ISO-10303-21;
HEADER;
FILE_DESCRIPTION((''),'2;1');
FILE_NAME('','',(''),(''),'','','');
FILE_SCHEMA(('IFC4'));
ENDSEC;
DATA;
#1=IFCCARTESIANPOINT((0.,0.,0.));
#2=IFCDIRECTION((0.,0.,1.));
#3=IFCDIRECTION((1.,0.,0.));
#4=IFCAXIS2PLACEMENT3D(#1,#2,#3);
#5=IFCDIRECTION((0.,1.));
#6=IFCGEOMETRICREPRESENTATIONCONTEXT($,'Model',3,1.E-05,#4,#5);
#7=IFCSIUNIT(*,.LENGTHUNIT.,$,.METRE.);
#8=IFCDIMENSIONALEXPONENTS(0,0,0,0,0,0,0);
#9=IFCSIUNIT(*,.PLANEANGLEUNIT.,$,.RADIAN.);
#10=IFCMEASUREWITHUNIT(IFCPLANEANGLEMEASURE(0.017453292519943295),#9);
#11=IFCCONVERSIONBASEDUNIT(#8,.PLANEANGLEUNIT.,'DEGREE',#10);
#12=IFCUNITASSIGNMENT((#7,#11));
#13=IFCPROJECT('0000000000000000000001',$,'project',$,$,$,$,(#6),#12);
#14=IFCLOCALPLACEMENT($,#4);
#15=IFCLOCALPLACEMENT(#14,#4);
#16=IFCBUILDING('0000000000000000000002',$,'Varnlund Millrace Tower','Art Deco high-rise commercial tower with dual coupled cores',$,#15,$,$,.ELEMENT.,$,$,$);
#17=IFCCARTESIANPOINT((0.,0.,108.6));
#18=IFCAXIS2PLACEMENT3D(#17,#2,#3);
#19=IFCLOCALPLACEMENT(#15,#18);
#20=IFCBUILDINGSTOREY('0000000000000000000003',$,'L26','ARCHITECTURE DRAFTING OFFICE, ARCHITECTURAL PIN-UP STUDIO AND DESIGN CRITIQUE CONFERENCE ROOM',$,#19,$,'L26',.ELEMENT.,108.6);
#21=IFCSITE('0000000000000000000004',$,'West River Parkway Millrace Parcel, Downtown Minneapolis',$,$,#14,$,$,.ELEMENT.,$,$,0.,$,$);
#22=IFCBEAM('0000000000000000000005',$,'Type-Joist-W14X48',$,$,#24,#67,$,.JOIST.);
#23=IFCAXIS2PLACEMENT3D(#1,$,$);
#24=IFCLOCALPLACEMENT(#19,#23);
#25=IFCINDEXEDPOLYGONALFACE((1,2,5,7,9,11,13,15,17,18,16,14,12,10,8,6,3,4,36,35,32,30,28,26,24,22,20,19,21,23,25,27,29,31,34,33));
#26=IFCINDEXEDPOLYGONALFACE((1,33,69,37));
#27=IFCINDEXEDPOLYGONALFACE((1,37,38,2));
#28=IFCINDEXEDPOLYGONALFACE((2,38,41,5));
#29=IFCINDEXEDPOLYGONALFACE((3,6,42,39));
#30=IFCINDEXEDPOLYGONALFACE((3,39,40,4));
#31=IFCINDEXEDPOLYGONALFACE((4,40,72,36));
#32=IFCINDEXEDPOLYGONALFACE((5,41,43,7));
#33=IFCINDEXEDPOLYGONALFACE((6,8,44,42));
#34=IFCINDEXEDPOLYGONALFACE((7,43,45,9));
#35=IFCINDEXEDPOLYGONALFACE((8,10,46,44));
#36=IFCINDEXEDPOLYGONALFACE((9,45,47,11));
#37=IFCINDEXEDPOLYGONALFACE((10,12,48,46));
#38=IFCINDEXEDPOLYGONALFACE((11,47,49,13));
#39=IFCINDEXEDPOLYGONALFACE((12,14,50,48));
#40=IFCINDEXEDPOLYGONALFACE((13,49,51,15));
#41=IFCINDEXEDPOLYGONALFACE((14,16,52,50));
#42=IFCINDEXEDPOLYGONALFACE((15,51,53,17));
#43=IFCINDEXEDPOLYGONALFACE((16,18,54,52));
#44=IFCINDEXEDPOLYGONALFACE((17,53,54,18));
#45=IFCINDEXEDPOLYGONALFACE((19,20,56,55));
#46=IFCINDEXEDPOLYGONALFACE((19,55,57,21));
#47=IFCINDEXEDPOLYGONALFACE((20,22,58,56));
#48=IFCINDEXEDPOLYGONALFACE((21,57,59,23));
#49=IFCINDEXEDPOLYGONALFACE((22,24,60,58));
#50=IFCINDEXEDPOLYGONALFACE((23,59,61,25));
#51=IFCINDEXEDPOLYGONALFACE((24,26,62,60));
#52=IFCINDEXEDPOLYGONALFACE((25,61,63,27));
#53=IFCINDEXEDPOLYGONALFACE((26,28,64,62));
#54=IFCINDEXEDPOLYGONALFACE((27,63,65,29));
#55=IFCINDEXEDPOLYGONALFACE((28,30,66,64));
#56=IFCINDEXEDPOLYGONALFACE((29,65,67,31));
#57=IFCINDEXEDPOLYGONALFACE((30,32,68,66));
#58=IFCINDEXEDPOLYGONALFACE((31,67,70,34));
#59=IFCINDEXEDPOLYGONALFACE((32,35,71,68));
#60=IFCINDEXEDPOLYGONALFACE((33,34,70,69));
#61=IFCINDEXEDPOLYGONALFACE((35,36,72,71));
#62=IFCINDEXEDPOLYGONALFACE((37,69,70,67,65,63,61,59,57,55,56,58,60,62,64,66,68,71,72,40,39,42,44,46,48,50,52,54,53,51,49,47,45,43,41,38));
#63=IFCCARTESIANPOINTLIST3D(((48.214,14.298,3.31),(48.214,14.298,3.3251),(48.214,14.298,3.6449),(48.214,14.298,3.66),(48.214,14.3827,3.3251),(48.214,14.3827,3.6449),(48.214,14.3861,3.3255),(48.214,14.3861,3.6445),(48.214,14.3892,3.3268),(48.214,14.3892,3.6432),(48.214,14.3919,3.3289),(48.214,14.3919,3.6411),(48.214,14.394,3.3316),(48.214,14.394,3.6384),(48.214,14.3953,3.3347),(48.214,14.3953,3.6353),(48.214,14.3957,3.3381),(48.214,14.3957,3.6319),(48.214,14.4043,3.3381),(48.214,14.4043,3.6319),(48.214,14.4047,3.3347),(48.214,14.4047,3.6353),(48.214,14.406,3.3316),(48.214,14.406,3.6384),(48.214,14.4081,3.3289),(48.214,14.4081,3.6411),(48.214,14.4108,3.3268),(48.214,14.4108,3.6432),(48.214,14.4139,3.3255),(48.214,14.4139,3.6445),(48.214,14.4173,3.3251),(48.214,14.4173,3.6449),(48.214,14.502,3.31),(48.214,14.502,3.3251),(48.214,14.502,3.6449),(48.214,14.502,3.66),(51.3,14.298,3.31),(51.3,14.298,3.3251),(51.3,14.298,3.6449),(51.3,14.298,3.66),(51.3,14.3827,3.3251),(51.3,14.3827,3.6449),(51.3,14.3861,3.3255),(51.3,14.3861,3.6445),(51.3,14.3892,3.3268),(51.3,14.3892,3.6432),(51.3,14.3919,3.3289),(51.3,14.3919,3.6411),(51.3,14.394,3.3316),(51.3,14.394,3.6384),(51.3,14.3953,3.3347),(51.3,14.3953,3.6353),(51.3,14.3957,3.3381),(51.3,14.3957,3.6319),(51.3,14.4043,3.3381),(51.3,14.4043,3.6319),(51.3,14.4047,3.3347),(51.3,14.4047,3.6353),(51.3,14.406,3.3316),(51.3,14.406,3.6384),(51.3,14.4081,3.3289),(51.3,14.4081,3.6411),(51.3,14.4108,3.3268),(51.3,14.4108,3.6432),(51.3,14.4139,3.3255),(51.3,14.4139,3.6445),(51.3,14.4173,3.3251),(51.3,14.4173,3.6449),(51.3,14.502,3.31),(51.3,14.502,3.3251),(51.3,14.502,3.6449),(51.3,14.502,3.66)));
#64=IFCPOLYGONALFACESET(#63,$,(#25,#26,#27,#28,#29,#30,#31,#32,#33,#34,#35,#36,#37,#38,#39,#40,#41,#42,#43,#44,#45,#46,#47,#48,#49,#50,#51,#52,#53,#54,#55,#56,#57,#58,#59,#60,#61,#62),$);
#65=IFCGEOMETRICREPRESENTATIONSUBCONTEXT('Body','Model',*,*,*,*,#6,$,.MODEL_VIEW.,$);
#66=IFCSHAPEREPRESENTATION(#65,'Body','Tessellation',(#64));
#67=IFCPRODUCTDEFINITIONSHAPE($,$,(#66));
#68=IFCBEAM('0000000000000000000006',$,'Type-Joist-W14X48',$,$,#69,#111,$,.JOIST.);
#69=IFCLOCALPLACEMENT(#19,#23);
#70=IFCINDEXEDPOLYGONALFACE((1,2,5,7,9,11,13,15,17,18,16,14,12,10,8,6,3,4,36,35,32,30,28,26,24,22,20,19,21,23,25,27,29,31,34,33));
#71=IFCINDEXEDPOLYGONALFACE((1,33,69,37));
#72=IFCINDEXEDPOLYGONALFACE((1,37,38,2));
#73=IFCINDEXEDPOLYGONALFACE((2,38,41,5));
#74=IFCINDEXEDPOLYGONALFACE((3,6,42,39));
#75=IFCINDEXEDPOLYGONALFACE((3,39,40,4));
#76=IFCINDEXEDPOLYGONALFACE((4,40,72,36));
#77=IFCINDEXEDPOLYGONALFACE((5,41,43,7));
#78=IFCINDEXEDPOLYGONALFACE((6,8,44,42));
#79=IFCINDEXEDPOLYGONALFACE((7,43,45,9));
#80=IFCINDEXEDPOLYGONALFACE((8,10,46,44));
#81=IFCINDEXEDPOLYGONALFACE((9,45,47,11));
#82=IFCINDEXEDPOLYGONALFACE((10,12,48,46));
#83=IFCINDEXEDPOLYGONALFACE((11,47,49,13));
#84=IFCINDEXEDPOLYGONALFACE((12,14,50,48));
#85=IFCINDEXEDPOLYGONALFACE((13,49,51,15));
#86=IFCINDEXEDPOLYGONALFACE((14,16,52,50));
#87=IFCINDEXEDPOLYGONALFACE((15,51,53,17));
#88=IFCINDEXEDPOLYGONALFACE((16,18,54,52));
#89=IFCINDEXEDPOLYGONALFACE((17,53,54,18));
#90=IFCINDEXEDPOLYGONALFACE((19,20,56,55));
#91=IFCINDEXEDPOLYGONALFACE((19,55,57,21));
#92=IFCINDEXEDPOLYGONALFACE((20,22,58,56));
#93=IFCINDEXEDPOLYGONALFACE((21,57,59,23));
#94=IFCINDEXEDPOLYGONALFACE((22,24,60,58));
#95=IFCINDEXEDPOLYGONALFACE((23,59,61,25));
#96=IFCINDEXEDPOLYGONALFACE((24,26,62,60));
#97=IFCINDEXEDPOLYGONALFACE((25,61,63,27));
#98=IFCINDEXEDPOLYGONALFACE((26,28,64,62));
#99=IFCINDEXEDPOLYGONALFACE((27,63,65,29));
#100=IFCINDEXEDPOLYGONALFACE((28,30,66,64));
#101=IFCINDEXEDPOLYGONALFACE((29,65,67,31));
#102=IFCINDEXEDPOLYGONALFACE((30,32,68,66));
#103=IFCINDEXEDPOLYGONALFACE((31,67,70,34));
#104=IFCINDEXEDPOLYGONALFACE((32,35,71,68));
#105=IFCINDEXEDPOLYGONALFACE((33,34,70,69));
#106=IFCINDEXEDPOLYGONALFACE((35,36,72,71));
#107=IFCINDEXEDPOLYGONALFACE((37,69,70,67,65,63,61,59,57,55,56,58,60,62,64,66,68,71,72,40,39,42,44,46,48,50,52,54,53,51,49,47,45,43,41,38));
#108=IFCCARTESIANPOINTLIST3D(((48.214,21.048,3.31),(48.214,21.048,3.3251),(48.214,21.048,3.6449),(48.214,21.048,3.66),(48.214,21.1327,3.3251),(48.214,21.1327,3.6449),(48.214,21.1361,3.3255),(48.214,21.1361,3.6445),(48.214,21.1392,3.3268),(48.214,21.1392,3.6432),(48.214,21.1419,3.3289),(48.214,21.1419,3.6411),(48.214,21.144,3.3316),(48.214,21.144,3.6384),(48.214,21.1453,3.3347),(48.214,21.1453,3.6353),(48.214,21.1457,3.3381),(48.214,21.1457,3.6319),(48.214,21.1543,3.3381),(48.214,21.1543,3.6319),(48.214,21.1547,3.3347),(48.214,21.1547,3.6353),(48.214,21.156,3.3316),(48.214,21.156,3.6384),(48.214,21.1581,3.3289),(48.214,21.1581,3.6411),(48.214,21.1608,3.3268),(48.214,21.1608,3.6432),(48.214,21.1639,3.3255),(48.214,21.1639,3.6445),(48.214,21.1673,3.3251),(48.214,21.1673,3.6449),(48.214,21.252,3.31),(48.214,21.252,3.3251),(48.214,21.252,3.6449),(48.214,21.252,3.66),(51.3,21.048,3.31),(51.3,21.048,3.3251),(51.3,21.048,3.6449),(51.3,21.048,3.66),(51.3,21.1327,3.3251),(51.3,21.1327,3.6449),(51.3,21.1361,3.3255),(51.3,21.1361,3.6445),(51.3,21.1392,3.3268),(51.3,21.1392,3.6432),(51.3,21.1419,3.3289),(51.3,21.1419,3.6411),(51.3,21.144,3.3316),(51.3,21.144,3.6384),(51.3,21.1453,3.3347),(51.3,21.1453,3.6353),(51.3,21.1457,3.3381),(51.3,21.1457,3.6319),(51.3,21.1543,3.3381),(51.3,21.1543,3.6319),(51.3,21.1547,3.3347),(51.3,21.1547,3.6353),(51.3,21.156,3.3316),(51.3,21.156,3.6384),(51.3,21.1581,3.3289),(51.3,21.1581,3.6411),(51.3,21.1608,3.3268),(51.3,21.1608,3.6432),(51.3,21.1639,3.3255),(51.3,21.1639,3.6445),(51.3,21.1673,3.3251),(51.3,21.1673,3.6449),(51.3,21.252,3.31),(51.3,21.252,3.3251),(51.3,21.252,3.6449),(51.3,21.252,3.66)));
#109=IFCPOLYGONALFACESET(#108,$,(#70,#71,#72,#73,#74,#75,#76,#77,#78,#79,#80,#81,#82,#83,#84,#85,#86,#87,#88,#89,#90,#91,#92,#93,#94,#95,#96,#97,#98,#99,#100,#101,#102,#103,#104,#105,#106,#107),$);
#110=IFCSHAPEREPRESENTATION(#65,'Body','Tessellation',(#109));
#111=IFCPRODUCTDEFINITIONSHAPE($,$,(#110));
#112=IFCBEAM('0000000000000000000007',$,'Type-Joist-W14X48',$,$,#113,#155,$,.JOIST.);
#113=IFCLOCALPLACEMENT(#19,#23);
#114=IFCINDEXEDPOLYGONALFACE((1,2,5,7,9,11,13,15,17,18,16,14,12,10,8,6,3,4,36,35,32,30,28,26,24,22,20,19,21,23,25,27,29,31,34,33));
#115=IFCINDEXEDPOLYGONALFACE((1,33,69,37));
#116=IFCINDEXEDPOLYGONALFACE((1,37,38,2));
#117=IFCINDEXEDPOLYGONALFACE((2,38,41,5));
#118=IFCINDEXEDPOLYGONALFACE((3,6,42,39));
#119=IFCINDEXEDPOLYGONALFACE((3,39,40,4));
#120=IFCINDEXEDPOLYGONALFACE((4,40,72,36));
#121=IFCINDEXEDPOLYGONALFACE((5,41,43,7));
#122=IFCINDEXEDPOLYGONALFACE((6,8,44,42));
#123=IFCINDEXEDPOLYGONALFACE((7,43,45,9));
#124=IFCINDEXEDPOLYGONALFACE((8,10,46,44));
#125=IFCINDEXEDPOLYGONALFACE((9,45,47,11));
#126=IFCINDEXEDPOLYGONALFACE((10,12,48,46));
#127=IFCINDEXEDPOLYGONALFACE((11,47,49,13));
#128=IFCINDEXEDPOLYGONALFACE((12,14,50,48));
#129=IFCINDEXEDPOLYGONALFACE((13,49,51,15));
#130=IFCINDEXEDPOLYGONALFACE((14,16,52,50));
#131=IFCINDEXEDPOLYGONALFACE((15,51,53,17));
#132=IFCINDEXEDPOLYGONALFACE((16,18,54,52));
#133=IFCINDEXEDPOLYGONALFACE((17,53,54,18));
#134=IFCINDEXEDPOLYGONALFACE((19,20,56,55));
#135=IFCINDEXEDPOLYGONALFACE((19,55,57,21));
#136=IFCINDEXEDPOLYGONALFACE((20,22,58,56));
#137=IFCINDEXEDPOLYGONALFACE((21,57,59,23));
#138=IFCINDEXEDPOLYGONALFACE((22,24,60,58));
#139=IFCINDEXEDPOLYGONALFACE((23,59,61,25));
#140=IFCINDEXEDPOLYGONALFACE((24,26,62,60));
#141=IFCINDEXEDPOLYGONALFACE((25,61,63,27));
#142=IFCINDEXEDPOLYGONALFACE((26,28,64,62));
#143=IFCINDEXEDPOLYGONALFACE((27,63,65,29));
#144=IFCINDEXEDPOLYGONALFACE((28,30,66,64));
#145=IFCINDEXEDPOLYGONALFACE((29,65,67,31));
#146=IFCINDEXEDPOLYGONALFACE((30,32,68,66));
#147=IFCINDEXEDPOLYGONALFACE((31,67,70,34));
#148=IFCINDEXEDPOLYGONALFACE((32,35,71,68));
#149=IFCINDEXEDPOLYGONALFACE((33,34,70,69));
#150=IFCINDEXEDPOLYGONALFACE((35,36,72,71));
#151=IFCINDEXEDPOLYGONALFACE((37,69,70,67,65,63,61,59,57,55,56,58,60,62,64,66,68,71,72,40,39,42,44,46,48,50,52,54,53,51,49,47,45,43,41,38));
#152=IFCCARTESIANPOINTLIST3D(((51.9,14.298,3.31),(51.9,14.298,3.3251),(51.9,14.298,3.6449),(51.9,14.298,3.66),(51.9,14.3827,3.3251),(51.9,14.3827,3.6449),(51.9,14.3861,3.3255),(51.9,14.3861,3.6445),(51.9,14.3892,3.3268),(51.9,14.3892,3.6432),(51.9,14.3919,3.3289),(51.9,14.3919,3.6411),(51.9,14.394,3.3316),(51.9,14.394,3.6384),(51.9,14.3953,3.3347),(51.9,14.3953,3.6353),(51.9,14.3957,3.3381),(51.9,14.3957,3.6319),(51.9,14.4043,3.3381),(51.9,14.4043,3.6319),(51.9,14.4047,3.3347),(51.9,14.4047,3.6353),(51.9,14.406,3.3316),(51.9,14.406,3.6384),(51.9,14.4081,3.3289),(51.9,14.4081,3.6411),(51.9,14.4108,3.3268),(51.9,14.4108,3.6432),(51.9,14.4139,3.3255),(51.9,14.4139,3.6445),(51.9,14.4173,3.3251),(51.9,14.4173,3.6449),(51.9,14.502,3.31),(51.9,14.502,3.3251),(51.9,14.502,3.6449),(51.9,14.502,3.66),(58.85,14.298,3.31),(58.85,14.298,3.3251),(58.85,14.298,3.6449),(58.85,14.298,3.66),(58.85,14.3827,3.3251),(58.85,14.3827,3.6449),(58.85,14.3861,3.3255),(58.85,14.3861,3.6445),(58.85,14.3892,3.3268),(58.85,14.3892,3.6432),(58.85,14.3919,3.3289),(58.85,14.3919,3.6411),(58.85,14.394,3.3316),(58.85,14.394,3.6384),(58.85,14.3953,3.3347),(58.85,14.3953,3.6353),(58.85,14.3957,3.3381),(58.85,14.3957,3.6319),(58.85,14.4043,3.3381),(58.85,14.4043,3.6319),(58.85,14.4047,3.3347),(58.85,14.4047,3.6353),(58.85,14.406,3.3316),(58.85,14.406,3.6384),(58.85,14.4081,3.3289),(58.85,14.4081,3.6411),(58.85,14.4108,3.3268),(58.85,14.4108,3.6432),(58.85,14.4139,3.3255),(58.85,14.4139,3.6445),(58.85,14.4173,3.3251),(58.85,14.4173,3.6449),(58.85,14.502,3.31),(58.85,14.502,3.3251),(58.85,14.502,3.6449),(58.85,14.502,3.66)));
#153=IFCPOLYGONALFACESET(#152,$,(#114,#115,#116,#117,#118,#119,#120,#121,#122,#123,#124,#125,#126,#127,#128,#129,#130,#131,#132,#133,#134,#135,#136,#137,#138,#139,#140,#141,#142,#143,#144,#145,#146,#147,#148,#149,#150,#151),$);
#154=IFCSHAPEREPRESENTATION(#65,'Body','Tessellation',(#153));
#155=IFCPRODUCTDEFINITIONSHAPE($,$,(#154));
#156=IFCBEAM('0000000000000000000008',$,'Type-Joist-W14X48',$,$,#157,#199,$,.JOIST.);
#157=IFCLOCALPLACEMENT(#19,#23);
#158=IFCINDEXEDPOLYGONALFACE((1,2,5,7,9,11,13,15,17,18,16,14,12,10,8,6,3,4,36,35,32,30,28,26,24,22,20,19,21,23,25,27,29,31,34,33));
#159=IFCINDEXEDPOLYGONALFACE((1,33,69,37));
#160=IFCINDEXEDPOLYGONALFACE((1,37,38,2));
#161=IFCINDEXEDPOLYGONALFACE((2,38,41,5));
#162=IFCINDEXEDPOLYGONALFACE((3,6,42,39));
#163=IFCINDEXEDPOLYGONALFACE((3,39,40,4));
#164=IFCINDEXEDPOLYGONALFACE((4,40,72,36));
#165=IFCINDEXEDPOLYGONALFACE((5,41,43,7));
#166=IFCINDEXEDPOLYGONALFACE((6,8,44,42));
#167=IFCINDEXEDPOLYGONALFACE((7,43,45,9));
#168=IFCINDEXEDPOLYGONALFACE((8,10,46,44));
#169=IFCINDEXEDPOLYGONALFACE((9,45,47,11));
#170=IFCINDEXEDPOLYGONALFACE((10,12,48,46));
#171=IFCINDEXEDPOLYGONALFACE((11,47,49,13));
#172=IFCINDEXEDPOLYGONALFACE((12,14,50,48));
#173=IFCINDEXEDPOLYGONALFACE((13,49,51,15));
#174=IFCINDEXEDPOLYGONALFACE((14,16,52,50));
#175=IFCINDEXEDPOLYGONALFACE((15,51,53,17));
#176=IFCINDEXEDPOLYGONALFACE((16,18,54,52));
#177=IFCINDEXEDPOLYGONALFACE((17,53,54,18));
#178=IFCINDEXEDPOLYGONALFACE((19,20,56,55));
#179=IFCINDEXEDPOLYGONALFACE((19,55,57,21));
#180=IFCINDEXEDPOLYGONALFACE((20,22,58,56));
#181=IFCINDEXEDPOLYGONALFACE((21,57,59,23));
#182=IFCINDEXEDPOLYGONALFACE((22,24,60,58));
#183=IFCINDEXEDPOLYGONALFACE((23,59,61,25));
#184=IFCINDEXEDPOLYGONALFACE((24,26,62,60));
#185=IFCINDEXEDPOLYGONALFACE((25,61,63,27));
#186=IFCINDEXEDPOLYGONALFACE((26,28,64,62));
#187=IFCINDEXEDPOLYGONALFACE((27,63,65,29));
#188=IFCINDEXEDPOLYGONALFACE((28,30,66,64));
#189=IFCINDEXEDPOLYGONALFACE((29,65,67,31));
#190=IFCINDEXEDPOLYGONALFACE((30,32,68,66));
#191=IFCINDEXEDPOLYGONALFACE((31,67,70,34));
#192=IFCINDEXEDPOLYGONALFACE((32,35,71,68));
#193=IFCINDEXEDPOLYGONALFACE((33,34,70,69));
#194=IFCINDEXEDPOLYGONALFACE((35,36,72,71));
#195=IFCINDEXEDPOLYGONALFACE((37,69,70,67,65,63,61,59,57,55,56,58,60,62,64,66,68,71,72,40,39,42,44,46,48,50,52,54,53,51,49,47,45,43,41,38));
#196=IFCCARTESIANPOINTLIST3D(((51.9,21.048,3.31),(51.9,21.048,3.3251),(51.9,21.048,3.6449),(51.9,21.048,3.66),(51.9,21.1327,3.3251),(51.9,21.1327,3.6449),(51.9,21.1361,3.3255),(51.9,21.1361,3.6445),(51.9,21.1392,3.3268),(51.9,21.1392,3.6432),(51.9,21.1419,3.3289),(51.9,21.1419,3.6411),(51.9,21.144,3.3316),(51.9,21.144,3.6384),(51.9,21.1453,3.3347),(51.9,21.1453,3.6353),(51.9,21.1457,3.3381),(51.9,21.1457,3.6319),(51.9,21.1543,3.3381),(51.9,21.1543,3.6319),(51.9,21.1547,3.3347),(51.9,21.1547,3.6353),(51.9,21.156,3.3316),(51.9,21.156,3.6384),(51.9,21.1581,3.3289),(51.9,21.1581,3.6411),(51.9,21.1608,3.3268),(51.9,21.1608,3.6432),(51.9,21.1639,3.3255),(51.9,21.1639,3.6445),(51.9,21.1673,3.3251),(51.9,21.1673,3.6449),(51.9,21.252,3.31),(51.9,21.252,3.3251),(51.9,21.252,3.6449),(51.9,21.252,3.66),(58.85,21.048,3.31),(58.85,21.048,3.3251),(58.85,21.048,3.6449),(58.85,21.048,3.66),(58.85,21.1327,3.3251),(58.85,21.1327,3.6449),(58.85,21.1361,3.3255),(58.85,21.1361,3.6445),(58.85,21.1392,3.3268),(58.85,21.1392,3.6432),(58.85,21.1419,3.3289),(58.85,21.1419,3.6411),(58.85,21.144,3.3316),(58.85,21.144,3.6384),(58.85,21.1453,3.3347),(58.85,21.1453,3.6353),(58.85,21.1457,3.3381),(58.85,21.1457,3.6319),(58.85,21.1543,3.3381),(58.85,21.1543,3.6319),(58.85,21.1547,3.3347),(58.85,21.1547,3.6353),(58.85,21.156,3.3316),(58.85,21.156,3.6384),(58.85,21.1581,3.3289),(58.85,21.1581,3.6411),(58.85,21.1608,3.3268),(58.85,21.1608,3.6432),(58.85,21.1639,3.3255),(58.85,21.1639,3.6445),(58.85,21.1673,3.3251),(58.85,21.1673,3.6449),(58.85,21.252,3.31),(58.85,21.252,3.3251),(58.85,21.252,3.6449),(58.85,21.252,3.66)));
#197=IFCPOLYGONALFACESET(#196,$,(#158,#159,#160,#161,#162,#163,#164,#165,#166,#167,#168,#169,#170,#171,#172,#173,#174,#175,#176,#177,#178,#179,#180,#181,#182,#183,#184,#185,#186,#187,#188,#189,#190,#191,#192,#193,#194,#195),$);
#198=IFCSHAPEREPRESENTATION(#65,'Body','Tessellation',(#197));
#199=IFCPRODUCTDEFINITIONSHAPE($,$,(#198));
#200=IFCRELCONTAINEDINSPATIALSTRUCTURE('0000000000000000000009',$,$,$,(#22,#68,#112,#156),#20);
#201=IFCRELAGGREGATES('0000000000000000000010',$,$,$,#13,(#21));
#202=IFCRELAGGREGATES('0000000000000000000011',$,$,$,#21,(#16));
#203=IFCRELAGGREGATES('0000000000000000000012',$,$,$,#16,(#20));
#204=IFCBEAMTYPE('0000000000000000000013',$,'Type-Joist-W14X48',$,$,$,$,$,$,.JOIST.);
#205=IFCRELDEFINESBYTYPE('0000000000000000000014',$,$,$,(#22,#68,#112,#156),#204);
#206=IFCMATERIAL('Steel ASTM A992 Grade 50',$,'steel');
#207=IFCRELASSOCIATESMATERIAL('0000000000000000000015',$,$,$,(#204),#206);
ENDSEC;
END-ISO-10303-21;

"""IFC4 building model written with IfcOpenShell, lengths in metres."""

from ifc_helpers import new_model, entity, si_unit, converted_unit, direction, frame, origin_with_axes, origin_2d_with_axis, place, context, subcontext, project, spatial, i_section, extrude, material, material_profile, profile_set, type_object, element, save


model = new_model("IFC4")

# Units and contexts
model_context = context("Model", 3, precision=1e-05, world=origin_with_axes(), true_north=direction((0.0, 1.0)))
body_context = subcontext(model_context, "Body", "Model", "MODEL_VIEW")
ifc_project = project(units=[si_unit("LENGTHUNIT", "METRE"), converted_unit("PLANEANGLEUNIT", "DEGREE", entity("IfcPlaneAngleMeasure", 0.017453292519943295), si_unit("PLANEANGLEUNIT", "RADIAN"), dimensions=[0, 0, 0, 0, 0, 0, 0])], contexts=[model_context])

# Site, building, storey
site_placement = place(None, origin_with_axes())
site = spatial("IfcSite", under=ifc_project, at=site_placement, Name="West River Parkway Millrace Parcel, Downtown Minneapolis", CompositionType="ELEMENT", RefElevation=0.0)
building_placement = place(site_placement, origin_with_axes())
building = spatial("IfcBuilding", under=site, at=building_placement, Name="Varnlund Millrace Tower", Description="Art Deco high-rise commercial tower with dual coupled cores", CompositionType="ELEMENT")
storey_placement = place(building_placement, frame((0.0, 0.0, 108.6), z_axis=(0.0, 0.0, 1.0), x_axis=(1.0, 0.0, 0.0)))
storey = spatial("IfcBuildingStorey", under=building, at=storey_placement, Name="L26", Description="ARCHITECTURE DRAFTING OFFICE, ARCHITECTURAL PIN-UP STUDIO AND DESIGN CRITIQUE CONFERENCE ROOM", LongName="L26", CompositionType="ELEMENT", Elevation=108.6)

# Beams
ifc_material_1 = material(Name="Steel ASTM A992 Grade 50", Category="steel")
ifc_material_profile_1 = material_profile(ifc_material_1, i_section(OverallWidth=0.204, OverallDepth=0.35, WebThickness=0.0086, FlangeThickness=0.0151, FilletRadius=0.013, at=origin_2d_with_axis()), Name="Steel ASTM A992 Grade 50")
ifc_profile_set_1 = profile_set([ifc_material_profile_1], Name="Steel ASTM A992 Grade 50")
beam_type_1 = type_object("IfcBeamType", Name="Type-Joist-W14X48", PredefinedType="JOIST", material=ifc_profile_set_1)
for number, where, z_axis, x_axis, name in (
    (1, (48.214, 14.4, 3.485), (1.0, 0.0, 0.0), (0.0, 1.0, 0.0), "Type-Joist-W14X48"),
    (2, (48.214, 21.15, 3.485), (1.0, 0.0, 0.0), (0.0, 1.0, 0.0), "Type-Joist-W14X48"),
):
    element("IfcBeam", number, at=place(storey_placement, frame(where, z_axis=z_axis, x_axis=x_axis)), inside=storey, type_object=beam_type_1, Name=name, PredefinedType="JOIST", context=body_context, shape_type="SweptSolid", body=[
        extrude(i_section(OverallWidth=0.204, OverallDepth=0.35, WebThickness=0.0086, FlangeThickness=0.0151, FilletRadius=0.013, at=origin_2d_with_axis()), origin_with_axes(), (0.0, 0.0, 1.0), 3.086),
    ])
for number, where, z_axis, x_axis, name in (
    (3, (51.9, 14.4, 3.485), (1.0, 0.0, 0.0), (0.0, 1.0, 0.0), "Type-Joist-W14X48"),
    (4, (51.9, 21.15, 3.485), (1.0, 0.0, 0.0), (0.0, 1.0, 0.0), "Type-Joist-W14X48"),
):
    element("IfcBeam", number, at=place(storey_placement, frame(where, z_axis=z_axis, x_axis=x_axis)), inside=storey, type_object=beam_type_1, Name=name, PredefinedType="JOIST", context=body_context, shape_type="SweptSolid", body=[
        extrude(i_section(OverallWidth=0.204, OverallDepth=0.35, WebThickness=0.0086, FlangeThickness=0.0151, FilletRadius=0.013, at=origin_2d_with_axis()), origin_with_axes(), (0.0, 0.0, 1.0), 6.95),
    ])

save(model, "model.ifc")
